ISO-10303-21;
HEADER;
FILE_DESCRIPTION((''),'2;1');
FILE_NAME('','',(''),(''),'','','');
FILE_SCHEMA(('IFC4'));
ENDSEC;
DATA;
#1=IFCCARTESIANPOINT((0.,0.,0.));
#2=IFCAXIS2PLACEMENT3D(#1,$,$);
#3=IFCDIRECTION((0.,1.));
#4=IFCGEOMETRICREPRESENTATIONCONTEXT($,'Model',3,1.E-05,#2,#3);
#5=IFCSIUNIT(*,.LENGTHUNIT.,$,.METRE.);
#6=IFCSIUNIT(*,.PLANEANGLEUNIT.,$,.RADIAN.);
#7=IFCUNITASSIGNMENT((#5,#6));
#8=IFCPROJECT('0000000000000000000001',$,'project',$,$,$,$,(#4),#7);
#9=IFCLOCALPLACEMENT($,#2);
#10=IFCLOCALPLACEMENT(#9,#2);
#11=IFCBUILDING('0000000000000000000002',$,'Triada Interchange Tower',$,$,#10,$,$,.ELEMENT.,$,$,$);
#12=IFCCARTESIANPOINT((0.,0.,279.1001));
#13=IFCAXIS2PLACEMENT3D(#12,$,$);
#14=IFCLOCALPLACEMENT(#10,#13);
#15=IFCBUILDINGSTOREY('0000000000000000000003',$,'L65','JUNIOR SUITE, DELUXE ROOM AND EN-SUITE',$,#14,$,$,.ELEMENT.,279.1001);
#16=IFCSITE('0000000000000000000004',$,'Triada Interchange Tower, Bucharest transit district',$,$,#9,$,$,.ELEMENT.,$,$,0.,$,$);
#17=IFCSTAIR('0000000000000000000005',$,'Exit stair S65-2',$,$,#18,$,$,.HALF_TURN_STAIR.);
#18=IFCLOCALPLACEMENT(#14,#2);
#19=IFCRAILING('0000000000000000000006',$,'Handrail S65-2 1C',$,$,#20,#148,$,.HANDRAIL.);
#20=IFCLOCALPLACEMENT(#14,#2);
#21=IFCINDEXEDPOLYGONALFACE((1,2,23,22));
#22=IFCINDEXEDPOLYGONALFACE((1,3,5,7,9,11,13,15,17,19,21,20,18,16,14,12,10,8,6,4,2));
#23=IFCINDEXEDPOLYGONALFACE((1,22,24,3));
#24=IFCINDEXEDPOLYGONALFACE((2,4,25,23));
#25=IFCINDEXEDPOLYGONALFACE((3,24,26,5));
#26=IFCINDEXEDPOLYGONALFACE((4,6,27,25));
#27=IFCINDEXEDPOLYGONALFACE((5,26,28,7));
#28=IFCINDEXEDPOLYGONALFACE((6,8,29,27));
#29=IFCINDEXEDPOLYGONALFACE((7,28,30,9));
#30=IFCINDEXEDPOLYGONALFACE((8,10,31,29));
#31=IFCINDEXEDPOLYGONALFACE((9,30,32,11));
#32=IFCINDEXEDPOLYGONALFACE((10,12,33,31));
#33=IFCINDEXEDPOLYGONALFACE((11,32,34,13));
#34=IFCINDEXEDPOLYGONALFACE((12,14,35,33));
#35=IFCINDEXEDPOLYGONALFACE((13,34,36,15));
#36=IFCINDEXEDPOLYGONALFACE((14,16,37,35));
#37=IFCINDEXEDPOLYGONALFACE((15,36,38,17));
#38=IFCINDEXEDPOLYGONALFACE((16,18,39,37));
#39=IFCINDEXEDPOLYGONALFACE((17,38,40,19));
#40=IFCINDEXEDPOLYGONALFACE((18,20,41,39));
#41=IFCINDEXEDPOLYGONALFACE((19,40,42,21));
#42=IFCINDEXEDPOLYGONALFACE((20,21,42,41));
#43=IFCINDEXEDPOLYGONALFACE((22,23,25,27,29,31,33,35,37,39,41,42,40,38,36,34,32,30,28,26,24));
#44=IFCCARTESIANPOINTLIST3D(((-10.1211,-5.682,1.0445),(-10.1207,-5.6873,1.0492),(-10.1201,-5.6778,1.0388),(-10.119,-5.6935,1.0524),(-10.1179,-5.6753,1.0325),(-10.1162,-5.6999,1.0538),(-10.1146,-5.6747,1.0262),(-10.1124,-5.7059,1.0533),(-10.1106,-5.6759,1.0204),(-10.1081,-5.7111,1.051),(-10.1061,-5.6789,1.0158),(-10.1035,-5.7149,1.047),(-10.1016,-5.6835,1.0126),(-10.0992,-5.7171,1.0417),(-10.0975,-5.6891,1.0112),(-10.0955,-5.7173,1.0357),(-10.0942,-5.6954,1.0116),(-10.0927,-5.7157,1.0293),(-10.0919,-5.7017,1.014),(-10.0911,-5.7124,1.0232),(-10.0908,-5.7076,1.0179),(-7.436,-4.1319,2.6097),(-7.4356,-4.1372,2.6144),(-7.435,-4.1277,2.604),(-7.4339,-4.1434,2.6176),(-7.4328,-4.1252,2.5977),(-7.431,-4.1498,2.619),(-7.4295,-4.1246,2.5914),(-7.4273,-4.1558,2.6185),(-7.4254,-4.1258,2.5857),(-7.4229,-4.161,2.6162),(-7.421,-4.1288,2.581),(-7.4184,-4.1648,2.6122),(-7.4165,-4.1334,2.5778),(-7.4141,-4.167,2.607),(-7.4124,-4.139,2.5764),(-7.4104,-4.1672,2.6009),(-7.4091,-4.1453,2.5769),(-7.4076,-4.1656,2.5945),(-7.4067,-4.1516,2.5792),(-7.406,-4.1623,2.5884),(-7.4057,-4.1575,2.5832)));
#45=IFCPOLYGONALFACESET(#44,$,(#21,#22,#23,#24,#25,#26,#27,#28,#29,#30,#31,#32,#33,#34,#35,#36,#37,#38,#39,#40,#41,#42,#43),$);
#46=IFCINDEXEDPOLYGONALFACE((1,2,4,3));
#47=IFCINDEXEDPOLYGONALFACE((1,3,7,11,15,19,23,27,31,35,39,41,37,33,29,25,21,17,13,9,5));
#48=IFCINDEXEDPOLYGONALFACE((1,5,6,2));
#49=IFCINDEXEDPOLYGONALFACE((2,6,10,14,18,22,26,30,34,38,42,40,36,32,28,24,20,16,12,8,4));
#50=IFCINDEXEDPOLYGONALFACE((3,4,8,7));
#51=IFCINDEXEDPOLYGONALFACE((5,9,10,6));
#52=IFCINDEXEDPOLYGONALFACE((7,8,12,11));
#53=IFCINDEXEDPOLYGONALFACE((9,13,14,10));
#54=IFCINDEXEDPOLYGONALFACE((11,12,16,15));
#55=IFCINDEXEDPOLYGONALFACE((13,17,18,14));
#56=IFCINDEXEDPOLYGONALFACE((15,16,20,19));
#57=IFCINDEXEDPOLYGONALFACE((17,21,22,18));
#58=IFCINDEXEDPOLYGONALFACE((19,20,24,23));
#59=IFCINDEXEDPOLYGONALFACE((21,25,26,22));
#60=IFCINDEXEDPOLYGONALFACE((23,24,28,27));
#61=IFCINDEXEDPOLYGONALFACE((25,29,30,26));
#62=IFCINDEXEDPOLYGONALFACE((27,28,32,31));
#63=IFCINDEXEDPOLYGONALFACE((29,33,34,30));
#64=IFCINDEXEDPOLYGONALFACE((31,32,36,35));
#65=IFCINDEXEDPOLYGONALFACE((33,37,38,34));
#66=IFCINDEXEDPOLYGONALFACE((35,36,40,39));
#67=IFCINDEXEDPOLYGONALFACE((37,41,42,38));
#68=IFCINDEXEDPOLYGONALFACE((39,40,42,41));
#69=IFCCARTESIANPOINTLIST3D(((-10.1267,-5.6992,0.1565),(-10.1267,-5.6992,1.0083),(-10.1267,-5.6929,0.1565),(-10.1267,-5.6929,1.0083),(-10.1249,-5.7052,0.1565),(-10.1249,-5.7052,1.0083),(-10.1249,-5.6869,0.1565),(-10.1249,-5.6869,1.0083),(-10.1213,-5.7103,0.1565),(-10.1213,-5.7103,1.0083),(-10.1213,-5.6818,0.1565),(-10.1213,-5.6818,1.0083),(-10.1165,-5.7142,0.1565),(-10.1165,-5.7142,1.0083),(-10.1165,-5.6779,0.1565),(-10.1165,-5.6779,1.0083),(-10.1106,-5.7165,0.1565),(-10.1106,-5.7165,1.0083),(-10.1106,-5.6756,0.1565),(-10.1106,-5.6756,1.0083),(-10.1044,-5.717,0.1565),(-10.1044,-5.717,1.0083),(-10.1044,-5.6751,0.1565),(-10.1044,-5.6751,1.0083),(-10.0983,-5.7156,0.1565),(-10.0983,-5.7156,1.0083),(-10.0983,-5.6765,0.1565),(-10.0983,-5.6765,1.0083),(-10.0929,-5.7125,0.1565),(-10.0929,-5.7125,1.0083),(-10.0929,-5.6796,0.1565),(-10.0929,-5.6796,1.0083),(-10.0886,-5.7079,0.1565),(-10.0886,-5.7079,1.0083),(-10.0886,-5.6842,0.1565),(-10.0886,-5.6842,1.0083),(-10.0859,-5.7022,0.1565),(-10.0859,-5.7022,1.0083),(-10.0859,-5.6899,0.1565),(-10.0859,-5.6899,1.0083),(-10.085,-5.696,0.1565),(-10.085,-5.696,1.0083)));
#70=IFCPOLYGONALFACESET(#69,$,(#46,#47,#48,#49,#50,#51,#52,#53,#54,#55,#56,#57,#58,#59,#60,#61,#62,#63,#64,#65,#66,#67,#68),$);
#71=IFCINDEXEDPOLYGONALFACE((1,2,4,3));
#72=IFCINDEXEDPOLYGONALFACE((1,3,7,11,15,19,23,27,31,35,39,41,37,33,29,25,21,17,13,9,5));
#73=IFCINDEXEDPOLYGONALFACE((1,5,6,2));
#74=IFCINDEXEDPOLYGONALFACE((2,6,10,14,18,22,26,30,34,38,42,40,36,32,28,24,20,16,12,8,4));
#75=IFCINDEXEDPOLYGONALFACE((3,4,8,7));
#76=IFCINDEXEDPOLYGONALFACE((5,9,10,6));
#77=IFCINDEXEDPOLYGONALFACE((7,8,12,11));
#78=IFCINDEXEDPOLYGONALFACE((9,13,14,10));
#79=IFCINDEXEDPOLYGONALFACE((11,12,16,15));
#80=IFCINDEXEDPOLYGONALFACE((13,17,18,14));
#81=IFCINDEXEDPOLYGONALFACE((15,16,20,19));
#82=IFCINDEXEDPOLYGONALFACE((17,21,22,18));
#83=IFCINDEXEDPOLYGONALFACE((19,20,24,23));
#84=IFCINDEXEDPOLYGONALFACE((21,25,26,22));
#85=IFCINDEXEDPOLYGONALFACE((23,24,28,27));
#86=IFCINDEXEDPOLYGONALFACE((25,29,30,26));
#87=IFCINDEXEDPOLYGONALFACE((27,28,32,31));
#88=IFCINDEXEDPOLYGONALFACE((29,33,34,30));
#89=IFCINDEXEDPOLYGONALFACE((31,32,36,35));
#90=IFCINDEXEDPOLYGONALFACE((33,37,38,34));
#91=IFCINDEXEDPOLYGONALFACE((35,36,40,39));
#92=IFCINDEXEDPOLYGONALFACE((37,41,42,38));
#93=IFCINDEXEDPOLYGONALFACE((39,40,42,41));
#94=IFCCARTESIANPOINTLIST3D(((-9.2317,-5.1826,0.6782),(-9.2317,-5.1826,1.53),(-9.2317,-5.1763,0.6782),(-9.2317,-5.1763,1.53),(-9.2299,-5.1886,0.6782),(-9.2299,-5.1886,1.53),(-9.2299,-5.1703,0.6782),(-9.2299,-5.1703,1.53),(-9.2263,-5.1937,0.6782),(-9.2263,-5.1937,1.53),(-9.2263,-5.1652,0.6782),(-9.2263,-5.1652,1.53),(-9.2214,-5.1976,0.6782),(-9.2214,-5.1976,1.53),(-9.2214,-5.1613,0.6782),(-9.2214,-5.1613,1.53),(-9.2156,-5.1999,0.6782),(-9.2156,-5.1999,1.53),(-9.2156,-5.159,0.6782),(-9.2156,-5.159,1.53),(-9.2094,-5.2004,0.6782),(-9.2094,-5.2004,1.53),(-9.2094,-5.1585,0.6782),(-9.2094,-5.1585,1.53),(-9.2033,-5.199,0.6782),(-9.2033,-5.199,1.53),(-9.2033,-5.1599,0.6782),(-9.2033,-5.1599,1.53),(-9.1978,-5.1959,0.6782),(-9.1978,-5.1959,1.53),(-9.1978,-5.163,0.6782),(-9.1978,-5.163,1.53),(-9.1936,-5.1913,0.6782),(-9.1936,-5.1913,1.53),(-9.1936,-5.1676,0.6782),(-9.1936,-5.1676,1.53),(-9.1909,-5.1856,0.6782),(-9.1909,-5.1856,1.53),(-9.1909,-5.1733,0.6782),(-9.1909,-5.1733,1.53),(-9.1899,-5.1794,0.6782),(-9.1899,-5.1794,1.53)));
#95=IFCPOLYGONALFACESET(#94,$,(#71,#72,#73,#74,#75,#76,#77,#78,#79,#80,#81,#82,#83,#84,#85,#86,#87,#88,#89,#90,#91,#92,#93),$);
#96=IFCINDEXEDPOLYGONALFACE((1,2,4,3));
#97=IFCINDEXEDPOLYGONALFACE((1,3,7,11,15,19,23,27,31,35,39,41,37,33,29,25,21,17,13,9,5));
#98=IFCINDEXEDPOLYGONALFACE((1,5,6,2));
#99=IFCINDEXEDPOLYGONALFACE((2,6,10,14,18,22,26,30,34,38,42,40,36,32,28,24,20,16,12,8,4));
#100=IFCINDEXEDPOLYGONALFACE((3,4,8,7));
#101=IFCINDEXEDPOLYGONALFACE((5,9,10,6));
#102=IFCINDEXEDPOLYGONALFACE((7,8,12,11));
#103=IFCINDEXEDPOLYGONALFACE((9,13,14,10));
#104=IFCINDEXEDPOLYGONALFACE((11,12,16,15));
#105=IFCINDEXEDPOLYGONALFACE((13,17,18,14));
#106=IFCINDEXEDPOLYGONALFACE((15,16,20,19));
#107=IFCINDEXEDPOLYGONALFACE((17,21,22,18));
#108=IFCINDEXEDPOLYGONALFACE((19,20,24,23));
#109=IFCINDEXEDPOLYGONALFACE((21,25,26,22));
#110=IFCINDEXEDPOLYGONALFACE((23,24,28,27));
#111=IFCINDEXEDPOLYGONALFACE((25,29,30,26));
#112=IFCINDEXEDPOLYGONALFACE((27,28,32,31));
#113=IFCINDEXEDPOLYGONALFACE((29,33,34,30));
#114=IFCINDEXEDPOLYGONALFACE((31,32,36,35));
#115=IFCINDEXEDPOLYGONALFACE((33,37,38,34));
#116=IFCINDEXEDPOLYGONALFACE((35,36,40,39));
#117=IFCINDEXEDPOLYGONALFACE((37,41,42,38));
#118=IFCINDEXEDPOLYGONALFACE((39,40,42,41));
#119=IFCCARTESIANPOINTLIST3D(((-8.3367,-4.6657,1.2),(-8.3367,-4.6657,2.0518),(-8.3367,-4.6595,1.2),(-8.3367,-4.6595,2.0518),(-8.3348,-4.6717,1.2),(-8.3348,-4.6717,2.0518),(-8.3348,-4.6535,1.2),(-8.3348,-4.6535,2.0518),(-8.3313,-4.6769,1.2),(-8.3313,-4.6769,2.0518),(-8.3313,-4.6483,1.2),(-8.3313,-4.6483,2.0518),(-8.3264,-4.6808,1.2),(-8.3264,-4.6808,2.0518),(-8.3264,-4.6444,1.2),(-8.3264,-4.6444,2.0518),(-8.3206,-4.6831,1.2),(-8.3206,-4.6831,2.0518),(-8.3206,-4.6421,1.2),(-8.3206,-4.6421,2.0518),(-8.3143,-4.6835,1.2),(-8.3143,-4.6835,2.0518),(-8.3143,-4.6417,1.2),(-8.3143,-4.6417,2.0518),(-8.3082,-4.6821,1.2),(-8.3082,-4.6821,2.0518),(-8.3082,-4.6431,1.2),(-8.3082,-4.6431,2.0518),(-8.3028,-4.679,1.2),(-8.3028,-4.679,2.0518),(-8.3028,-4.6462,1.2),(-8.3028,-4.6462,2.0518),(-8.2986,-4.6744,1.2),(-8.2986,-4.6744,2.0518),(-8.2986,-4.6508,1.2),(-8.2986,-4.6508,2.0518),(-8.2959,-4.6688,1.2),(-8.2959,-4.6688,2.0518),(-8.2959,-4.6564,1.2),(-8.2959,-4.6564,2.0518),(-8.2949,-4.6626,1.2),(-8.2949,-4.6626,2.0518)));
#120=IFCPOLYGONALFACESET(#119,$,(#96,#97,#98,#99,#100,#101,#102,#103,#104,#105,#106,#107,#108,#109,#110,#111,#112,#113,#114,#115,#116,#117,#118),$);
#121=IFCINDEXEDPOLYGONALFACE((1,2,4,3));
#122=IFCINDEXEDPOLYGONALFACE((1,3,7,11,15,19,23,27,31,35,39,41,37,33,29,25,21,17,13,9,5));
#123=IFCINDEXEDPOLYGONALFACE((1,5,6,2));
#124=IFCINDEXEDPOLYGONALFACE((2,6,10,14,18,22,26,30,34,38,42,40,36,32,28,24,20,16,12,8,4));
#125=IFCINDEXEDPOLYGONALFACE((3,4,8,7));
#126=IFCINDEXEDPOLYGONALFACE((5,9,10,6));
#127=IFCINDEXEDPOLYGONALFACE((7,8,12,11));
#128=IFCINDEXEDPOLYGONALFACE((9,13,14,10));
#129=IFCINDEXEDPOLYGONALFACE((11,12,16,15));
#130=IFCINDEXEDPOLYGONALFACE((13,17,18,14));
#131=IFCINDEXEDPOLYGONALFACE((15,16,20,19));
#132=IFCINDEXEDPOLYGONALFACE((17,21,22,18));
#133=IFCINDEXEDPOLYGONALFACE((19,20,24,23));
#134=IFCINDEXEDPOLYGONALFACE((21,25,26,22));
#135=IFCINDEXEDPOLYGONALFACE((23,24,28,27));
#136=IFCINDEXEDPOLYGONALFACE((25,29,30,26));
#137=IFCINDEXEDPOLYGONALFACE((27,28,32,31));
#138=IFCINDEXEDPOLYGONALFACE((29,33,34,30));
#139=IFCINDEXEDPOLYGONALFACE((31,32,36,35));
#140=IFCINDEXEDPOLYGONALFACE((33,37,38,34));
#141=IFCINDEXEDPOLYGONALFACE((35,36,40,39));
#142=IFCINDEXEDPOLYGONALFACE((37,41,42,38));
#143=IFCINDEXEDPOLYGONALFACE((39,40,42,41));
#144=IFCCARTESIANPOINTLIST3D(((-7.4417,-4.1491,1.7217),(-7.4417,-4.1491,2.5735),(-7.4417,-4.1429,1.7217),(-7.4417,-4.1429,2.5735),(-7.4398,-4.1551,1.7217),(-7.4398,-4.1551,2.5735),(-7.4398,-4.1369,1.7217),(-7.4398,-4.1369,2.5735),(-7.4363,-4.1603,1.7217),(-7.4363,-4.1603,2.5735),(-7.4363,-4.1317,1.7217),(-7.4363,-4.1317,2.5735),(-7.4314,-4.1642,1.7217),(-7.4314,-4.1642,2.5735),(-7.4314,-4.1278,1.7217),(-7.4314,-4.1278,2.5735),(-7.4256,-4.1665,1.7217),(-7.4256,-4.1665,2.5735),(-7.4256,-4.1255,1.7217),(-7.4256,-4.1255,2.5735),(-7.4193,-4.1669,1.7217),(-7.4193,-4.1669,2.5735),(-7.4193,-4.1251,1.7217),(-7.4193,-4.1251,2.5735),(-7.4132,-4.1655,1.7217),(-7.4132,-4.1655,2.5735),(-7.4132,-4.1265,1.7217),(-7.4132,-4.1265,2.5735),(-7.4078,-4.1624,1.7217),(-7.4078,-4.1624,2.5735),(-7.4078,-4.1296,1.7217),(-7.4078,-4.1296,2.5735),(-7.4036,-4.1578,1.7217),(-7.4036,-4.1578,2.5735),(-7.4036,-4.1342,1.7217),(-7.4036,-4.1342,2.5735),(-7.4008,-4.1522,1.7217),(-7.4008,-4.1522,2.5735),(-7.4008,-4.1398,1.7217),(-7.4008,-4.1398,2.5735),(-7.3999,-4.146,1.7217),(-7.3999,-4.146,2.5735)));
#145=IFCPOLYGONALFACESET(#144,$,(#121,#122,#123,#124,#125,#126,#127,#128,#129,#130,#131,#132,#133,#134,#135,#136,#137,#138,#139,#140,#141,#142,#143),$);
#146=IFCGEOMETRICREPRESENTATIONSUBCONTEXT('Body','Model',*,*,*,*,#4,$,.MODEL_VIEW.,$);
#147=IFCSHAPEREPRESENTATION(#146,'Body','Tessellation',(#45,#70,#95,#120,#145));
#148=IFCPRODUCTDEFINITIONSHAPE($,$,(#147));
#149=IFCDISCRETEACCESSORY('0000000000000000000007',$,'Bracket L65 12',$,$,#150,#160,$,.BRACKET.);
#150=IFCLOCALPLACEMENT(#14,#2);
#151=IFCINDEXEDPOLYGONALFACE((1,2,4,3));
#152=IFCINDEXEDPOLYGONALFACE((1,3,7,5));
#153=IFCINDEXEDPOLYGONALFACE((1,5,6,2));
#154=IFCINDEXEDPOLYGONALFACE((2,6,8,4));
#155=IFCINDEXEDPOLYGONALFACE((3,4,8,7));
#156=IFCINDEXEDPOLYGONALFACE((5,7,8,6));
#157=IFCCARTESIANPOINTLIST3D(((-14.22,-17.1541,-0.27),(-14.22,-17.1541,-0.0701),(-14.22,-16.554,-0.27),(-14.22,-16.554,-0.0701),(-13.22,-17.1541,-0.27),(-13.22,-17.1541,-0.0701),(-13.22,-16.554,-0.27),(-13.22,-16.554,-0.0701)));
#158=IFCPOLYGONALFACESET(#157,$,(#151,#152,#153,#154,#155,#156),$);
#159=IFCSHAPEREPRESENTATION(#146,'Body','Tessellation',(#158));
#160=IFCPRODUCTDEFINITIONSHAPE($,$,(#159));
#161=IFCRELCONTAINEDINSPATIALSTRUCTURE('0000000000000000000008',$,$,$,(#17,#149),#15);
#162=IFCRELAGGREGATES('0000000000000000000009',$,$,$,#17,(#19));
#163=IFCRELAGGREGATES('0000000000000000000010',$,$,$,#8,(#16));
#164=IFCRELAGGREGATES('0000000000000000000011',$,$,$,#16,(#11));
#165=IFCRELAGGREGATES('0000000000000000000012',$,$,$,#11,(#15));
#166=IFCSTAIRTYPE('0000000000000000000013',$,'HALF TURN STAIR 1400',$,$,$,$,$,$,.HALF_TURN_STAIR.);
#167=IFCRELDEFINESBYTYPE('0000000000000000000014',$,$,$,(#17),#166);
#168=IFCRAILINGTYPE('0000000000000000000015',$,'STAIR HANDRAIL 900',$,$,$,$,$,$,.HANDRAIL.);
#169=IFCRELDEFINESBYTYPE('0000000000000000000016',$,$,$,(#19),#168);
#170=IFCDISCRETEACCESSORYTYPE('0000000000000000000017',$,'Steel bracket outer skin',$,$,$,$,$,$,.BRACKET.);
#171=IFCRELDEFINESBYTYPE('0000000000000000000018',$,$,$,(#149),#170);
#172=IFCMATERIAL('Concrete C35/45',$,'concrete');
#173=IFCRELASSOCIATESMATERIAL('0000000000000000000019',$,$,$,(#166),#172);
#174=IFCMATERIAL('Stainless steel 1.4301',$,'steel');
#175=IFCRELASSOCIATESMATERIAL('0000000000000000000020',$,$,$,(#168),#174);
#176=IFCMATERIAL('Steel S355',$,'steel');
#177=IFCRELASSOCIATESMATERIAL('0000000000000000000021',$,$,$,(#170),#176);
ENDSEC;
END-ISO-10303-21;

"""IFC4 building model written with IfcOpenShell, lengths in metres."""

from ifc_helpers import new_model, si_unit, direction, frame, origin, origin_2d, place, context, subcontext, project, spatial, rectangle, circle, extrude, material, type_object, element, aggregate, save


model = new_model("IFC4")

# Units and contexts
model_context = context("Model", 3, precision=1e-05, world=origin(), true_north=direction((0.0, 1.0)))
body_context = subcontext(model_context, "Body", "Model", "MODEL_VIEW")
ifc_project = project(units=[si_unit("LENGTHUNIT", "METRE"), si_unit("PLANEANGLEUNIT", "RADIAN")], contexts=[model_context])

# Site, building, storey
site_placement = place(None, origin())
site = spatial("IfcSite", under=ifc_project, at=site_placement, Name="Triada Interchange Tower, Bucharest transit district", CompositionType="ELEMENT", RefElevation=0.0)
building_placement = place(site_placement, origin())
building = spatial("IfcBuilding", under=site, at=building_placement, Name="Triada Interchange Tower", CompositionType="ELEMENT")
storey_placement = place(building_placement, frame((0.0, 0.0, 279.1001)))
storey = spatial("IfcBuildingStorey", under=building, at=storey_placement, Name="L65", Description="JUNIOR SUITE, DELUXE ROOM AND EN-SUITE", CompositionType="ELEMENT", Elevation=279.1001)

# Stair
ifc_material_1 = material(Name="Concrete C35/45", Category="concrete")
stair_type = type_object("IfcStairType", Name="HALF TURN STAIR 1400", PredefinedType="HALF_TURN_STAIR", material=ifc_material_1)
stair_placement = place(storey_placement, origin())
stair = element("IfcStair", 1, at=stair_placement, inside=storey, type_object=stair_type, Name="Exit stair S65-2", PredefinedType="HALF_TURN_STAIR")

# Railing
ifc_material_2 = material(Name="Stainless steel 1.4301", Category="steel")
railing_type = type_object("IfcRailingType", Name="STAIR HANDRAIL 900", PredefinedType="HANDRAIL", material=ifc_material_2)
railing_1_placement = place(storey_placement, frame((-10.106, -5.696, 0.1565)))
railing_1 = element("IfcRailing", 2, at=railing_1_placement, type_object=railing_type, Name="Handrail S65-2 1C", PredefinedType="HANDRAIL", context=body_context, shape_type="SweptSolid", body=[
    extrude(circle(Radius=0.0239, at=origin_2d()), frame((0.0, 0.0, 0.876), z_axis=(0.773115, 0.446309, 0.450667), x_axis=(-0.499959, 0.866049, 0.0)), (0.0, 0.0, 1.0), 3.4731),
    extrude(circle(Radius=0.021, at=origin_2d()), origin(), (0.0, 0.0, 1.0), 0.8518),
    extrude(circle(Radius=0.021, at=origin_2d()), frame((0.895, 0.5166, 0.5217)), (0.0, 0.0, 1.0), 0.8518),
    extrude(circle(Radius=0.021, at=origin_2d()), frame((1.79, 1.0334, 1.0435)), (0.0, 0.0, 1.0), 0.8518),
    extrude(circle(Radius=0.021, at=origin_2d()), frame((2.6851, 1.55, 1.5652)), (0.0, 0.0, 1.0), 0.8518),
])
aggregate(stair, [railing_1])

# Discrete accessory
ifc_material_3 = material(Name="Steel S355", Category="steel")
discrete_accessory_type = type_object("IfcDiscreteAccessoryType", Name="Steel bracket outer skin", PredefinedType="BRACKET", material=ifc_material_3)
discrete_accessory_placement = place(storey_placement, frame((-13.72, -16.854, -0.27), z_axis=(0.0, 0.0, 1.0), x_axis=(0.0, -1.0, 0.0)))
element("IfcDiscreteAccessory", 3, at=discrete_accessory_placement, inside=storey, type_object=discrete_accessory_type, Name="Bracket L65 12", PredefinedType="BRACKET", context=body_context, shape_type="SweptSolid", body=[
    extrude(rectangle(XDim=0.6001, YDim=1.0, at=origin_2d()), origin(), (0.0, 0.0, 1.0), 0.2),
])

save(model, "model.ifc")
